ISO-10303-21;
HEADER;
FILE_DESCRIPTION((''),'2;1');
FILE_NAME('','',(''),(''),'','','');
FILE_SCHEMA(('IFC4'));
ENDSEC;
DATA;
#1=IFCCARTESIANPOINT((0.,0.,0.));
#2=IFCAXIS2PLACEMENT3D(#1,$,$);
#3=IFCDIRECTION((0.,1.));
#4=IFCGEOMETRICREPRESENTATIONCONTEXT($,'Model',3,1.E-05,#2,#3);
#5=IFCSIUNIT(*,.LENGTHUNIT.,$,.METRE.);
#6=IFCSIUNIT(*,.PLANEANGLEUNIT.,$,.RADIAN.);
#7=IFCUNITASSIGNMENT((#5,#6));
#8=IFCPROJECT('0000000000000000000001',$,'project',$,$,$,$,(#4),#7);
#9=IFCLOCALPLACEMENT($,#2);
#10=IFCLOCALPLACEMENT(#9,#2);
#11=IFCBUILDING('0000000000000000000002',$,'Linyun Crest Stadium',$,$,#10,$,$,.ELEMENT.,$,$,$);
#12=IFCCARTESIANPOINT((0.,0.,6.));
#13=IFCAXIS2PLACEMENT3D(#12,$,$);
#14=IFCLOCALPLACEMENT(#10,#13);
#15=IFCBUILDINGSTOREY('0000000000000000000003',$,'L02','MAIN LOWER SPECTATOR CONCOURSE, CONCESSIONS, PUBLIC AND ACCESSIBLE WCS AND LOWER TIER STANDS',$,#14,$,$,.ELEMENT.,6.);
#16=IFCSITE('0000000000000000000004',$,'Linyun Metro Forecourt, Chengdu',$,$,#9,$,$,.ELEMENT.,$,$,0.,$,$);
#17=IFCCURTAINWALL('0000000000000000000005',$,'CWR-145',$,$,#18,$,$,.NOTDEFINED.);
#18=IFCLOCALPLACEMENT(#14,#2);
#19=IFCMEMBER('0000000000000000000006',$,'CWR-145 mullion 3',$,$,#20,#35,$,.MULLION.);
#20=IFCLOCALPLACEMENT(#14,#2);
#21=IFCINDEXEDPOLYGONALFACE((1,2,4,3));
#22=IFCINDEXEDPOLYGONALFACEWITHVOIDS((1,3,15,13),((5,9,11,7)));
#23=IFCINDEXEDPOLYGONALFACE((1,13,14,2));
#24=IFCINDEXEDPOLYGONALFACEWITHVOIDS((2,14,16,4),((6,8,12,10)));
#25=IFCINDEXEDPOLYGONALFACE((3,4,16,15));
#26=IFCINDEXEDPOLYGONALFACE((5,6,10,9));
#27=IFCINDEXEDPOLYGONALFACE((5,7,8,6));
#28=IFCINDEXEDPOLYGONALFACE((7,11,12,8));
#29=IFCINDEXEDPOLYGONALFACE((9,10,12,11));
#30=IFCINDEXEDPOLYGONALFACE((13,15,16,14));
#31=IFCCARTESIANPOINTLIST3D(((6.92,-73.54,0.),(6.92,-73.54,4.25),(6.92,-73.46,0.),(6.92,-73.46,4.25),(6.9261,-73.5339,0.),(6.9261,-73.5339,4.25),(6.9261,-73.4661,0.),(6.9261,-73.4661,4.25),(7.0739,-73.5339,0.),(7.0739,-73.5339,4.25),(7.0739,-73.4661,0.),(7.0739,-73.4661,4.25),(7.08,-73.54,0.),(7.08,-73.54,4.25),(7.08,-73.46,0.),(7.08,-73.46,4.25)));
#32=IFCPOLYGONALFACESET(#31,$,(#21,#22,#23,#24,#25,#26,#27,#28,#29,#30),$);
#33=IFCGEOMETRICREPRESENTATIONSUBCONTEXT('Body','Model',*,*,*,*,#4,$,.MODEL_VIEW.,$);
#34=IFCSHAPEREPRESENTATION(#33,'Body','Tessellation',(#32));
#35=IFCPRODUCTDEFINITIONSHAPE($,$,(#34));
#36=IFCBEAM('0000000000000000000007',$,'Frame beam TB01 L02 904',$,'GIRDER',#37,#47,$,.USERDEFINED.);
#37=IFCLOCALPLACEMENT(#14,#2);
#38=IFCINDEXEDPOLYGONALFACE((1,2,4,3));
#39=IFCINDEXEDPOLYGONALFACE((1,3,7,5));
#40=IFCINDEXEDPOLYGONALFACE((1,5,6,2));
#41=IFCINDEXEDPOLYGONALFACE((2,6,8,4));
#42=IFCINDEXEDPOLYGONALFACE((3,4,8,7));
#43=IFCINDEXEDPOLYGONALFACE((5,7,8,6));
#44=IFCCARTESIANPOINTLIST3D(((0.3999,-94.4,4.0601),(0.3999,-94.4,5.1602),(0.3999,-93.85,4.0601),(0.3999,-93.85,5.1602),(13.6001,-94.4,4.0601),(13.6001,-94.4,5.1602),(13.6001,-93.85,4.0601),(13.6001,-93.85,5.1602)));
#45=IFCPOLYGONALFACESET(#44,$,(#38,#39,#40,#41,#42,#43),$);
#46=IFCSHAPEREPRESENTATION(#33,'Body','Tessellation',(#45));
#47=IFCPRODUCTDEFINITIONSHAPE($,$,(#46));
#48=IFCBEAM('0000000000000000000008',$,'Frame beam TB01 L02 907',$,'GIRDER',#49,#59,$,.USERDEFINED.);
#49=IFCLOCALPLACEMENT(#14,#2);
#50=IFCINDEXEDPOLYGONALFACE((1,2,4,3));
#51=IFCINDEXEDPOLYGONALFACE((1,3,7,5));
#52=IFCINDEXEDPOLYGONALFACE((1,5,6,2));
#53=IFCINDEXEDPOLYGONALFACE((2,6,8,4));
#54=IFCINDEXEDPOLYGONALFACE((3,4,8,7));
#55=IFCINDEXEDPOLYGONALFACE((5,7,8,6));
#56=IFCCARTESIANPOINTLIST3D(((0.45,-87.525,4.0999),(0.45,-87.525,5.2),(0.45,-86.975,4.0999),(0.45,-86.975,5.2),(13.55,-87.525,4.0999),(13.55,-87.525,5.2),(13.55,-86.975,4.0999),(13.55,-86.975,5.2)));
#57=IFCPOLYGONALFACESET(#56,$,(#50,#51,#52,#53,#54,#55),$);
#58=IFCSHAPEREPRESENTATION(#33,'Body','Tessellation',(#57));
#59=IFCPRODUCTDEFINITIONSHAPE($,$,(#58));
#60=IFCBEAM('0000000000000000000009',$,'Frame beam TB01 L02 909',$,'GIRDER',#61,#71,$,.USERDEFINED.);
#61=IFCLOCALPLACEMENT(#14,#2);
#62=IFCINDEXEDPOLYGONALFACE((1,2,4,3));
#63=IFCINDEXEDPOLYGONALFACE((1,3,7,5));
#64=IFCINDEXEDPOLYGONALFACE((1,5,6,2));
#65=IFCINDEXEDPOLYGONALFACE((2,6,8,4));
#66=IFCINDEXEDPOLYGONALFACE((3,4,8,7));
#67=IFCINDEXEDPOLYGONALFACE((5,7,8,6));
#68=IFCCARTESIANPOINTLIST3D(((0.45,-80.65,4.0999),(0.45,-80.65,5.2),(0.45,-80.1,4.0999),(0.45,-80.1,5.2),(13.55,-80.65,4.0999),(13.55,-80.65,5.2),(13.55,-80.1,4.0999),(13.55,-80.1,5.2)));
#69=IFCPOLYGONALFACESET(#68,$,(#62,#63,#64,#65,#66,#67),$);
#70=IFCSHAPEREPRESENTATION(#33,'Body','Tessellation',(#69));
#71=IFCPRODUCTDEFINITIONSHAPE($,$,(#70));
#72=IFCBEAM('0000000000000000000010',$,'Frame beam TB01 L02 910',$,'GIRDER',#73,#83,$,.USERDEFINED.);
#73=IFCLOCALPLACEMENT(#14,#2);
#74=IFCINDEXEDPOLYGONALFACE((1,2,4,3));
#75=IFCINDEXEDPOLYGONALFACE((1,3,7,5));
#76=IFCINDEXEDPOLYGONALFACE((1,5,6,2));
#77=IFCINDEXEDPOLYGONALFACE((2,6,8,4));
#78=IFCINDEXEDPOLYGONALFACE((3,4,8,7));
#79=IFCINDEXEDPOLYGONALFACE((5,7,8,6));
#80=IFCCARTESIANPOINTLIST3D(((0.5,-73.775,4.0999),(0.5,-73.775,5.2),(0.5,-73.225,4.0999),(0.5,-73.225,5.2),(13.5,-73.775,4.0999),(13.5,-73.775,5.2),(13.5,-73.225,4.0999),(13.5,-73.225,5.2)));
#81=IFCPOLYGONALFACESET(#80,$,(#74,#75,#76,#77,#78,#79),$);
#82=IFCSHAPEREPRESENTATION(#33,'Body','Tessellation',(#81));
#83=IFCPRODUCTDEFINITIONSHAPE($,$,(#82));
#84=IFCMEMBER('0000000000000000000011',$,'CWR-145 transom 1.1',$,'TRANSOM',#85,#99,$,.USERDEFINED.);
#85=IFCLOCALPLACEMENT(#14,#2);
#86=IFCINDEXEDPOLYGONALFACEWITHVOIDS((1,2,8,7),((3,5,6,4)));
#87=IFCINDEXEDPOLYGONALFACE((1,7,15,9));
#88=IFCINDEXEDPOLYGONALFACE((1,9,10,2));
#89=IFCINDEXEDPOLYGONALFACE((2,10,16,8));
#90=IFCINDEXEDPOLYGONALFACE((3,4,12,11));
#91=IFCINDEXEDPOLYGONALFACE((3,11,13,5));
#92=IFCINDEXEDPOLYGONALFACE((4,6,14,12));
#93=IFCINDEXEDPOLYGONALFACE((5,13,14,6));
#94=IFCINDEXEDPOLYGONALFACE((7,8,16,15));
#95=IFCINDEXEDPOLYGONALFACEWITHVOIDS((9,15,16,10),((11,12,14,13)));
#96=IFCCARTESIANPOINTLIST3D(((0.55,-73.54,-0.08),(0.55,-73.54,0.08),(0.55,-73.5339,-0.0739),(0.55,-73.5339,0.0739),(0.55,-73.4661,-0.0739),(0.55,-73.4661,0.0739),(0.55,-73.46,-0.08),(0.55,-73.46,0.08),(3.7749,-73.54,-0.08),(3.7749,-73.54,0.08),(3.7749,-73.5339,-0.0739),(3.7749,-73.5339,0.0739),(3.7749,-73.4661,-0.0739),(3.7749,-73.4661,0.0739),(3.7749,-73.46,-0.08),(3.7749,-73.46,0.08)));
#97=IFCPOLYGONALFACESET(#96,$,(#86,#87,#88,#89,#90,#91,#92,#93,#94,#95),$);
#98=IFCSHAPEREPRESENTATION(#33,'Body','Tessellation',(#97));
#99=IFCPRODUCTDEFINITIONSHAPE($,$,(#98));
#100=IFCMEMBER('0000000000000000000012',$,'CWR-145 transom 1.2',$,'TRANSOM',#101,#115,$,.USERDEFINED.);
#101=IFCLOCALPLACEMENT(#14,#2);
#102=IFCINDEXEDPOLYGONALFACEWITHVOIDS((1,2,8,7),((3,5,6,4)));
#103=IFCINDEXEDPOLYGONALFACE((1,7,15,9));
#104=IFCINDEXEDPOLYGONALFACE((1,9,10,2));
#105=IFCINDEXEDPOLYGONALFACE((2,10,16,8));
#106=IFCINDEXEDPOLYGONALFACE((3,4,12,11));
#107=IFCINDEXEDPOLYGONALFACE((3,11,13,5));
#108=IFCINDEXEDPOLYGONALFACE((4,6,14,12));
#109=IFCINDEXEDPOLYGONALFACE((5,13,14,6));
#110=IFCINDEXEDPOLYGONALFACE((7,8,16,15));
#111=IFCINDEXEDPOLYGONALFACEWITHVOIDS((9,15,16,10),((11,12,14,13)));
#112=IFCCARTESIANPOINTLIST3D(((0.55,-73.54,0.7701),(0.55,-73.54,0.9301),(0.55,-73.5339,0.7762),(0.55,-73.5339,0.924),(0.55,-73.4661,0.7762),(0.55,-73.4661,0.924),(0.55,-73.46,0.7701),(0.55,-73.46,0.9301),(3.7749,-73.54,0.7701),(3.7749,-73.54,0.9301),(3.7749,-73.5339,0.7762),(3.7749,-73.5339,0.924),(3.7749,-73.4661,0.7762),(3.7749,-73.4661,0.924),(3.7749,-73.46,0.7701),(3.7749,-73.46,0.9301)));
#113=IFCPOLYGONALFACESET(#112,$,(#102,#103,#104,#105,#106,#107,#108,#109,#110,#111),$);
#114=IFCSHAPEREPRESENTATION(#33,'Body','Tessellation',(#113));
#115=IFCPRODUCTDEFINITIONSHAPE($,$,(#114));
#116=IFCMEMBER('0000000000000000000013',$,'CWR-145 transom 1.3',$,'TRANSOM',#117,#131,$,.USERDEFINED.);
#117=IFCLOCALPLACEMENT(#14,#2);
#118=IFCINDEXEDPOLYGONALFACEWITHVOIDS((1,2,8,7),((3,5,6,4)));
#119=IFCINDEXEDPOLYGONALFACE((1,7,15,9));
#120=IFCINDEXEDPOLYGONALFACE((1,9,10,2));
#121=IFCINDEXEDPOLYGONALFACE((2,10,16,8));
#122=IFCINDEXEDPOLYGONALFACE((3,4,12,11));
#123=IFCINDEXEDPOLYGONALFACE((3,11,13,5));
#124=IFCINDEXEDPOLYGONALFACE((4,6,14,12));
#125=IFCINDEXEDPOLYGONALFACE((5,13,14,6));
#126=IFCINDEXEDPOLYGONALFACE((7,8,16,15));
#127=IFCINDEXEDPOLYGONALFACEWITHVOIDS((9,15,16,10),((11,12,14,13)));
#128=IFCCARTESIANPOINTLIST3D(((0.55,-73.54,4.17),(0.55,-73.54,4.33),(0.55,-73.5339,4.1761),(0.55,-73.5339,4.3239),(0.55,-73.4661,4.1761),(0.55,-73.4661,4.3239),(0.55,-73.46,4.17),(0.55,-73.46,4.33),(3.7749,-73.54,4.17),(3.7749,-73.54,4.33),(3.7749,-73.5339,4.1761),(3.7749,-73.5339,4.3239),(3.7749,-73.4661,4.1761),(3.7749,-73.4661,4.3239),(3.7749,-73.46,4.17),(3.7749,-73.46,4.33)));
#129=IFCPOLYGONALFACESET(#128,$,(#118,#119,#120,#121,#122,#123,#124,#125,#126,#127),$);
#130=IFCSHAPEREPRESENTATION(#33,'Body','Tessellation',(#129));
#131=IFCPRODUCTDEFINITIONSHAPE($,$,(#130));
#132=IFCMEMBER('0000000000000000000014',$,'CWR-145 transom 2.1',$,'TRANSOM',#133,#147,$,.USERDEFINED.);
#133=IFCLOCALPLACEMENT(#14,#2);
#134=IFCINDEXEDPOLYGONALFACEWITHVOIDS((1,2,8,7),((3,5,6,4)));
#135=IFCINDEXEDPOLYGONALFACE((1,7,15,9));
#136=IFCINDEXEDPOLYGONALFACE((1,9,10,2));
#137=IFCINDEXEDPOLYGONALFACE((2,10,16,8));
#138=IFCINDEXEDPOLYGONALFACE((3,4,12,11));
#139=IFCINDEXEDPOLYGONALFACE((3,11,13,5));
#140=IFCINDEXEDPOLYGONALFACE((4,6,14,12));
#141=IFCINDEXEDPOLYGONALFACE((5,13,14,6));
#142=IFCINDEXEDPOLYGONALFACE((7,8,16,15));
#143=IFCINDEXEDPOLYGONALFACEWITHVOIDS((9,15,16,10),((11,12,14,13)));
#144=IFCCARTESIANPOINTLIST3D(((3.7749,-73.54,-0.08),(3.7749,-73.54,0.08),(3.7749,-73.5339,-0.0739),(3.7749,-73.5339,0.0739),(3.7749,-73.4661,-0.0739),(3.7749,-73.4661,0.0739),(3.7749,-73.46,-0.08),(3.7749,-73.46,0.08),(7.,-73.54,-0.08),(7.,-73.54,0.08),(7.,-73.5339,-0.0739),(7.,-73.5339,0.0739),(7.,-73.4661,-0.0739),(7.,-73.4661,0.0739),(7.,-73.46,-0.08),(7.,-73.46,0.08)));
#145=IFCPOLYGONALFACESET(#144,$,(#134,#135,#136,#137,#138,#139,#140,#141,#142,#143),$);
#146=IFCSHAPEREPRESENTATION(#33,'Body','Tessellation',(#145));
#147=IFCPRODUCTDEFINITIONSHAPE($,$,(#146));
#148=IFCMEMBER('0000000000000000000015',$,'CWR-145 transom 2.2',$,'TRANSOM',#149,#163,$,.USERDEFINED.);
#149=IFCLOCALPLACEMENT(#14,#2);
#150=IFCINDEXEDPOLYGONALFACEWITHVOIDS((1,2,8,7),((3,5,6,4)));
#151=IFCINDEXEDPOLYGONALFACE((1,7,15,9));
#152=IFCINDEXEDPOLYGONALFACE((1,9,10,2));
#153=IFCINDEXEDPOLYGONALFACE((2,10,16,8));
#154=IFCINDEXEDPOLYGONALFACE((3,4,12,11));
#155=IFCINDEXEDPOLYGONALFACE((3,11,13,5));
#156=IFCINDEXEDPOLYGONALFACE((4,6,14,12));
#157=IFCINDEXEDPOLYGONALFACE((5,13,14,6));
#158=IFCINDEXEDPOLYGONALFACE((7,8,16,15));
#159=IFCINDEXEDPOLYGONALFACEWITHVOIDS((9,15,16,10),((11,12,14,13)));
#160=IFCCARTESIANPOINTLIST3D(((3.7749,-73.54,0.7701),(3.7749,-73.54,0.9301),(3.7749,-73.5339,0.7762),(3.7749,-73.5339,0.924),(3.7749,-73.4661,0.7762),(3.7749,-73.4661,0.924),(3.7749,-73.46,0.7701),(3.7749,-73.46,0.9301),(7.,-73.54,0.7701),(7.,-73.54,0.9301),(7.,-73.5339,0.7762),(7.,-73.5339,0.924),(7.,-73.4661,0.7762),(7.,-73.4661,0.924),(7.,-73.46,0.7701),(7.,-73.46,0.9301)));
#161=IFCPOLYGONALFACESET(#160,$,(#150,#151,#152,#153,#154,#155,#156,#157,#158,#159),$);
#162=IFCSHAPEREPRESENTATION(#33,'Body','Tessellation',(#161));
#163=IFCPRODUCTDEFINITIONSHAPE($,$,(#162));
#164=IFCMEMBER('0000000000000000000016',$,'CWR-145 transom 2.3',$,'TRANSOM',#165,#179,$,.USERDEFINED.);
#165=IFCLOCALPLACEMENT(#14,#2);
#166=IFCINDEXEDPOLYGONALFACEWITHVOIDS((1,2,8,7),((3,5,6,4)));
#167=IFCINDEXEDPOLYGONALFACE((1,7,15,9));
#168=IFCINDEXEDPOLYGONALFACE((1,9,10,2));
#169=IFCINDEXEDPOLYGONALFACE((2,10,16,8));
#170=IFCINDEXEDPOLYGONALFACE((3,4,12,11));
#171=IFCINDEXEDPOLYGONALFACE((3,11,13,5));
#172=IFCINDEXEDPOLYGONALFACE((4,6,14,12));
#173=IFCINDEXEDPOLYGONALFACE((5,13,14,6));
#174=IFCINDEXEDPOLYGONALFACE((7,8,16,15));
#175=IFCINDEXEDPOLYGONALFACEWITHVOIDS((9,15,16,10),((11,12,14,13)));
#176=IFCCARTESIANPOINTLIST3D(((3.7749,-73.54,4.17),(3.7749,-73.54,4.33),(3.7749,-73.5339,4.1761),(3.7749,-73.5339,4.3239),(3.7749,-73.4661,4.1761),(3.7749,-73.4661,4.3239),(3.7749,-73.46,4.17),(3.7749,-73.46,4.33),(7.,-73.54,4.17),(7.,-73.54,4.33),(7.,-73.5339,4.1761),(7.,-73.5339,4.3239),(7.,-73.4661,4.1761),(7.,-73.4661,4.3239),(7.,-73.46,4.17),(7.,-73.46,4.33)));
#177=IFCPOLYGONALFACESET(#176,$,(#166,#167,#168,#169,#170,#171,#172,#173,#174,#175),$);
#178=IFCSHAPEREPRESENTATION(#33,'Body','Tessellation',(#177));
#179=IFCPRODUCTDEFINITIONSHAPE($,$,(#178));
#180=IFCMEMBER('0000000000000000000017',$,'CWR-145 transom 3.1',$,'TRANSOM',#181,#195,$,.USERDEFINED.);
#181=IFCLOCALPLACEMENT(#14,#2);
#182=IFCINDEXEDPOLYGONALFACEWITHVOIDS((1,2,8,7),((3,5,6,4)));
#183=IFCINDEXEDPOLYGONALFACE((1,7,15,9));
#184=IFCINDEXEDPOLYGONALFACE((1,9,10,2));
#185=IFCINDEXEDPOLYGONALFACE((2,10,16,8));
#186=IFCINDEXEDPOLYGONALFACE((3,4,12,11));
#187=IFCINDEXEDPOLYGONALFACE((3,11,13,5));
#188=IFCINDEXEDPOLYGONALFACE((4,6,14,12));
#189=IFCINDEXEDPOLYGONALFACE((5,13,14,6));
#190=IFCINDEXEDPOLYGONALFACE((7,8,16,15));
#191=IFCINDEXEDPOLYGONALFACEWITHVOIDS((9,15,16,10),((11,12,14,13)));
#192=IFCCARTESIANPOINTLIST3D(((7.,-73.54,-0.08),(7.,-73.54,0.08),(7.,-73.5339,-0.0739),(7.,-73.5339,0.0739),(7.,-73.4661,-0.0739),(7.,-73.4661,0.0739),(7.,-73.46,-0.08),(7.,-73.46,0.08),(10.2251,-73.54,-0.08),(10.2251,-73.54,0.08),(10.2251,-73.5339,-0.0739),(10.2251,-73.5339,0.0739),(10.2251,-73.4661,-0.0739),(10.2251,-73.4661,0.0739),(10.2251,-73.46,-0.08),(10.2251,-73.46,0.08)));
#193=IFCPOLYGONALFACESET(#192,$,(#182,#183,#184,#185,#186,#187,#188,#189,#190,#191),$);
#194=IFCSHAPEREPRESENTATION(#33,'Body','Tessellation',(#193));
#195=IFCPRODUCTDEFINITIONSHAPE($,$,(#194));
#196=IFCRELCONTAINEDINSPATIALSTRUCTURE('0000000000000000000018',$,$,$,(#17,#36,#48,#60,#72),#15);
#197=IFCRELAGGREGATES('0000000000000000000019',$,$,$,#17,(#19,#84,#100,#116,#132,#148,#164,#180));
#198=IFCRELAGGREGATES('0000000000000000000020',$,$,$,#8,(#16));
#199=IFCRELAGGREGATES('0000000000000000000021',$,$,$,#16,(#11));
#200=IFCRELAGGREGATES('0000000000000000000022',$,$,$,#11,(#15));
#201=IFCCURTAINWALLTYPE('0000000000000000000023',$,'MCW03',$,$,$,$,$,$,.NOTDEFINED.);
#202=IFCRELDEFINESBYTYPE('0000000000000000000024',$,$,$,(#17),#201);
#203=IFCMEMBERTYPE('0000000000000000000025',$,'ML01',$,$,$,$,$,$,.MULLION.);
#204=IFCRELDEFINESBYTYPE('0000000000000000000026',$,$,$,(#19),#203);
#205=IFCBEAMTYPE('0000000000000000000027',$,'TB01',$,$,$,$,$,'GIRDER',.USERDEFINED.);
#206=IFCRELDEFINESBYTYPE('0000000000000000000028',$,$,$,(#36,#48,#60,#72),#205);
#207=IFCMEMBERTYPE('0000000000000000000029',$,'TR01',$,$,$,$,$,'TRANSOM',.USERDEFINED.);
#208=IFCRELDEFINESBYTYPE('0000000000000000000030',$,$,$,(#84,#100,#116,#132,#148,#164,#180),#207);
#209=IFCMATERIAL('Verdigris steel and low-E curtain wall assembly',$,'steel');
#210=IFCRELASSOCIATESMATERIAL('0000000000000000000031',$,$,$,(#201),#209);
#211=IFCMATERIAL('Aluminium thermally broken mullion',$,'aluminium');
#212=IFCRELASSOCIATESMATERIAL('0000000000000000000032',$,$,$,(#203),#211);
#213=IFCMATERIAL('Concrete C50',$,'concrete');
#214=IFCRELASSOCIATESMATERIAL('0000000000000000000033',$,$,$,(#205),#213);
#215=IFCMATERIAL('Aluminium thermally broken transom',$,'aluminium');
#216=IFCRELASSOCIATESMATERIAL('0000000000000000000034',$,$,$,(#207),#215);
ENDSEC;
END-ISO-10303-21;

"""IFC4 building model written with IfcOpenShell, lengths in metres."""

from ifc_helpers import new_model, si_unit, direction, frame, origin, origin_2d, place, context, subcontext, project, spatial, rectangle, hollow_rectangle, extrude, material, material_profile, profile_set, type_object, element, aggregate, save


model = new_model("IFC4")

# Units and contexts
model_context = context("Model", 3, precision=1e-05, world=origin(), true_north=direction((0.0, 1.0)))
body_context = subcontext(model_context, "Body", "Model", "MODEL_VIEW")
ifc_project = project(units=[si_unit("LENGTHUNIT", "METRE"), si_unit("PLANEANGLEUNIT", "RADIAN")], contexts=[model_context])

# Site, building, storey
site_placement = place(None, origin())
site = spatial("IfcSite", under=ifc_project, at=site_placement, Name="Linyun Metro Forecourt, Chengdu", CompositionType="ELEMENT", RefElevation=0.0)
building_placement = place(site_placement, origin())
building = spatial("IfcBuilding", under=site, at=building_placement, Name="Linyun Crest Stadium", CompositionType="ELEMENT")
storey_placement = place(building_placement, frame((0.0, 0.0, 6.0)))
storey = spatial("IfcBuildingStorey", under=building, at=storey_placement, Name="L02", Description="MAIN LOWER SPECTATOR CONCOURSE, CONCESSIONS, PUBLIC AND ACCESSIBLE WCS AND LOWER TIER STANDS", CompositionType="ELEMENT", Elevation=6.0)

# Curtain wall, member
ifc_material_1 = material(Name="Verdigris steel and low-E curtain wall assembly", Category="steel")
curtain_wall_type = type_object("IfcCurtainWallType", Name="MCW03", PredefinedType="NOTDEFINED", material=ifc_material_1)
curtain_wall_placement = place(storey_placement, origin())
curtain_wall = element("IfcCurtainWall", 1, at=curtain_wall_placement, inside=storey, type_object=curtain_wall_type, Name="CWR-145", PredefinedType="NOTDEFINED")
ifc_material_2 = material(Name="Aluminium thermally broken mullion", Category="aluminium")
ifc_material_profile_1 = material_profile(ifc_material_2, hollow_rectangle(XDim=0.0801, YDim=0.1599, WallThickness=0.0061, at=origin_2d()), Name="RHS 160x80x6")
ifc_profile_set_1 = profile_set([ifc_material_profile_1], Name="Aluminium thermally broken mullion")
member_type_1 = type_object("IfcMemberType", Name="ML01", PredefinedType="MULLION", material=ifc_profile_set_1)
member_1_placement = place(storey_placement, frame((7.0, -73.5, 0.0), z_axis=(0.0, 0.0, 1.0), x_axis=(0.0, 1.0, 0.0)))
member_1 = element("IfcMember", 2, at=member_1_placement, type_object=member_type_1, Name="CWR-145 mullion 3", PredefinedType="MULLION", context=body_context, shape_type="SweptSolid", body=[
    extrude(hollow_rectangle(XDim=0.0801, YDim=0.1599, WallThickness=0.0061, at=origin_2d()), origin(), (0.0, 0.0, 1.0), 4.25),
])

# Beams
ifc_material_3 = material(Name="Concrete C50", Category="concrete")
ifc_material_profile_2 = material_profile(ifc_material_3, rectangle(XDim=0.55, YDim=1.1001, at=origin_2d()), Name="RCB 1100x550")
ifc_profile_set_2 = profile_set([ifc_material_profile_2], Name="Concrete C50")
beam_type_1 = type_object("IfcBeamType", Name="TB01", ElementType="GIRDER", PredefinedType="USERDEFINED", material=ifc_profile_set_2)
beam_1_placement = place(storey_placement, frame((0.3999, -94.125, 4.6101), z_axis=(1.0, 0.0, 0.0), x_axis=(0.0, 1.0, 0.0)))
element("IfcBeam", 3, at=beam_1_placement, inside=storey, type_object=beam_type_1, Name="Frame beam TB01 L02 904", ObjectType="GIRDER", PredefinedType="USERDEFINED", context=body_context, shape_type="SweptSolid", body=[
    extrude(rectangle(XDim=0.55, YDim=1.1001, at=origin_2d()), origin(), (0.0, 0.0, 1.0), 13.2002),
])
for number, where, z_axis, x_axis, name in (
    (4, (0.45, -87.25, 4.6499), (1.0, 0.0, 0.0), (0.0, 1.0, 0.0), "Frame beam TB01 L02 907"),
    (5, (0.45, -80.375, 4.6499), (1.0, 0.0, 0.0), (0.0, 1.0, 0.0), "Frame beam TB01 L02 909"),
):
    element("IfcBeam", number, at=place(storey_placement, frame(where, z_axis=z_axis, x_axis=x_axis)), inside=storey, type_object=beam_type_1, Name=name, ObjectType="GIRDER", PredefinedType="USERDEFINED", context=body_context, shape_type="SweptSolid", body=[
        extrude(rectangle(XDim=0.55, YDim=1.1001, at=origin_2d()), origin(), (0.0, 0.0, 1.0), 13.1001),
    ])
beam_2_placement = place(storey_placement, frame((0.5, -73.5, 4.6499), z_axis=(1.0, 0.0, 0.0), x_axis=(0.0, 1.0, 0.0)))
element("IfcBeam", 6, at=beam_2_placement, inside=storey, type_object=beam_type_1, Name="Frame beam TB01 L02 910", ObjectType="GIRDER", PredefinedType="USERDEFINED", context=body_context, shape_type="SweptSolid", body=[
    extrude(rectangle(XDim=0.55, YDim=1.1001, at=origin_2d()), origin(), (0.0, 0.0, 1.0), 13.0),
])

# Members
ifc_material_4 = material(Name="Aluminium thermally broken transom", Category="aluminium")
ifc_material_profile_3 = material_profile(ifc_material_4, hollow_rectangle(XDim=0.0801, YDim=0.1599, WallThickness=0.0061, at=origin_2d()), Name="RHS 160x80x6")
ifc_profile_set_3 = profile_set([ifc_material_profile_3], Name="Aluminium thermally broken transom")
member_type_2 = type_object("IfcMemberType", Name="TR01", ElementType="TRANSOM", PredefinedType="USERDEFINED", material=ifc_profile_set_3)
member_2_placement = place(storey_placement, frame((0.55, -73.5, 0.0), z_axis=(1.0, 0.0, 0.0), x_axis=(0.0, 1.0, 0.0)))
member_2 = element("IfcMember", 7, at=member_2_placement, type_object=member_type_2, Name="CWR-145 transom 1.1", ObjectType="TRANSOM", PredefinedType="USERDEFINED", context=body_context, shape_type="SweptSolid", body=[
    extrude(hollow_rectangle(XDim=0.0801, YDim=0.1599, WallThickness=0.0061, at=origin_2d()), origin(), (0.0, 0.0, 1.0), 3.2249),
])
member_3_placement = place(storey_placement, frame((0.55, -73.5, 0.8501), z_axis=(1.0, 0.0, 0.0), x_axis=(0.0, 1.0, 0.0)))
member_3 = element("IfcMember", 8, at=member_3_placement, type_object=member_type_2, Name="CWR-145 transom 1.2", ObjectType="TRANSOM", PredefinedType="USERDEFINED", context=body_context, shape_type="SweptSolid", body=[
    extrude(hollow_rectangle(XDim=0.0801, YDim=0.1599, WallThickness=0.0061, at=origin_2d()), origin(), (0.0, 0.0, 1.0), 3.2249),
])
member_4_placement = place(storey_placement, frame((0.55, -73.5, 4.25), z_axis=(1.0, 0.0, 0.0), x_axis=(0.0, 1.0, 0.0)))
member_4 = element("IfcMember", 9, at=member_4_placement, type_object=member_type_2, Name="CWR-145 transom 1.3", ObjectType="TRANSOM", PredefinedType="USERDEFINED", context=body_context, shape_type="SweptSolid", body=[
    extrude(hollow_rectangle(XDim=0.0801, YDim=0.1599, WallThickness=0.0061, at=origin_2d()), origin(), (0.0, 0.0, 1.0), 3.2249),
])
member_5_placement = place(storey_placement, frame((3.7749, -73.5, 0.0), z_axis=(1.0, 0.0, 0.0), x_axis=(0.0, 1.0, 0.0)))
member_5 = element("IfcMember", 10, at=member_5_placement, type_object=member_type_2, Name="CWR-145 transom 2.1", ObjectType="TRANSOM", PredefinedType="USERDEFINED", context=body_context, shape_type="SweptSolid", body=[
    extrude(hollow_rectangle(XDim=0.0801, YDim=0.1599, WallThickness=0.0061, at=origin_2d()), origin(), (0.0, 0.0, 1.0), 3.2251),
])
member_6_placement = place(storey_placement, frame((3.7749, -73.5, 0.8501), z_axis=(1.0, 0.0, 0.0), x_axis=(0.0, 1.0, 0.0)))
member_6 = element("IfcMember", 11, at=member_6_placement, type_object=member_type_2, Name="CWR-145 transom 2.2", ObjectType="TRANSOM", PredefinedType="USERDEFINED", context=body_context, shape_type="SweptSolid", body=[
    extrude(hollow_rectangle(XDim=0.0801, YDim=0.1599, WallThickness=0.0061, at=origin_2d()), origin(), (0.0, 0.0, 1.0), 3.2251),
])
member_7_placement = place(storey_placement, frame((3.7749, -73.5, 4.25), z_axis=(1.0, 0.0, 0.0), x_axis=(0.0, 1.0, 0.0)))
member_7 = element("IfcMember", 12, at=member_7_placement, type_object=member_type_2, Name="CWR-145 transom 2.3", ObjectType="TRANSOM", PredefinedType="USERDEFINED", context=body_context, shape_type="SweptSolid", body=[
    extrude(hollow_rectangle(XDim=0.0801, YDim=0.1599, WallThickness=0.0061, at=origin_2d()), origin(), (0.0, 0.0, 1.0), 3.2251),
])
member_8_placement = place(storey_placement, frame((7.0, -73.5, 0.0), z_axis=(1.0, 0.0, 0.0), x_axis=(0.0, 1.0, 0.0)))
member_8 = element("IfcMember", 13, at=member_8_placement, type_object=member_type_2, Name="CWR-145 transom 3.1", ObjectType="TRANSOM", PredefinedType="USERDEFINED", context=body_context, shape_type="SweptSolid", body=[
    extrude(hollow_rectangle(XDim=0.0801, YDim=0.1599, WallThickness=0.0061, at=origin_2d()), origin(), (0.0, 0.0, 1.0), 3.2251),
])

aggregate(curtain_wall, [member_1, member_2, member_3, member_4, member_5, member_6, member_7, member_8])

save(model, "model.ifc")
